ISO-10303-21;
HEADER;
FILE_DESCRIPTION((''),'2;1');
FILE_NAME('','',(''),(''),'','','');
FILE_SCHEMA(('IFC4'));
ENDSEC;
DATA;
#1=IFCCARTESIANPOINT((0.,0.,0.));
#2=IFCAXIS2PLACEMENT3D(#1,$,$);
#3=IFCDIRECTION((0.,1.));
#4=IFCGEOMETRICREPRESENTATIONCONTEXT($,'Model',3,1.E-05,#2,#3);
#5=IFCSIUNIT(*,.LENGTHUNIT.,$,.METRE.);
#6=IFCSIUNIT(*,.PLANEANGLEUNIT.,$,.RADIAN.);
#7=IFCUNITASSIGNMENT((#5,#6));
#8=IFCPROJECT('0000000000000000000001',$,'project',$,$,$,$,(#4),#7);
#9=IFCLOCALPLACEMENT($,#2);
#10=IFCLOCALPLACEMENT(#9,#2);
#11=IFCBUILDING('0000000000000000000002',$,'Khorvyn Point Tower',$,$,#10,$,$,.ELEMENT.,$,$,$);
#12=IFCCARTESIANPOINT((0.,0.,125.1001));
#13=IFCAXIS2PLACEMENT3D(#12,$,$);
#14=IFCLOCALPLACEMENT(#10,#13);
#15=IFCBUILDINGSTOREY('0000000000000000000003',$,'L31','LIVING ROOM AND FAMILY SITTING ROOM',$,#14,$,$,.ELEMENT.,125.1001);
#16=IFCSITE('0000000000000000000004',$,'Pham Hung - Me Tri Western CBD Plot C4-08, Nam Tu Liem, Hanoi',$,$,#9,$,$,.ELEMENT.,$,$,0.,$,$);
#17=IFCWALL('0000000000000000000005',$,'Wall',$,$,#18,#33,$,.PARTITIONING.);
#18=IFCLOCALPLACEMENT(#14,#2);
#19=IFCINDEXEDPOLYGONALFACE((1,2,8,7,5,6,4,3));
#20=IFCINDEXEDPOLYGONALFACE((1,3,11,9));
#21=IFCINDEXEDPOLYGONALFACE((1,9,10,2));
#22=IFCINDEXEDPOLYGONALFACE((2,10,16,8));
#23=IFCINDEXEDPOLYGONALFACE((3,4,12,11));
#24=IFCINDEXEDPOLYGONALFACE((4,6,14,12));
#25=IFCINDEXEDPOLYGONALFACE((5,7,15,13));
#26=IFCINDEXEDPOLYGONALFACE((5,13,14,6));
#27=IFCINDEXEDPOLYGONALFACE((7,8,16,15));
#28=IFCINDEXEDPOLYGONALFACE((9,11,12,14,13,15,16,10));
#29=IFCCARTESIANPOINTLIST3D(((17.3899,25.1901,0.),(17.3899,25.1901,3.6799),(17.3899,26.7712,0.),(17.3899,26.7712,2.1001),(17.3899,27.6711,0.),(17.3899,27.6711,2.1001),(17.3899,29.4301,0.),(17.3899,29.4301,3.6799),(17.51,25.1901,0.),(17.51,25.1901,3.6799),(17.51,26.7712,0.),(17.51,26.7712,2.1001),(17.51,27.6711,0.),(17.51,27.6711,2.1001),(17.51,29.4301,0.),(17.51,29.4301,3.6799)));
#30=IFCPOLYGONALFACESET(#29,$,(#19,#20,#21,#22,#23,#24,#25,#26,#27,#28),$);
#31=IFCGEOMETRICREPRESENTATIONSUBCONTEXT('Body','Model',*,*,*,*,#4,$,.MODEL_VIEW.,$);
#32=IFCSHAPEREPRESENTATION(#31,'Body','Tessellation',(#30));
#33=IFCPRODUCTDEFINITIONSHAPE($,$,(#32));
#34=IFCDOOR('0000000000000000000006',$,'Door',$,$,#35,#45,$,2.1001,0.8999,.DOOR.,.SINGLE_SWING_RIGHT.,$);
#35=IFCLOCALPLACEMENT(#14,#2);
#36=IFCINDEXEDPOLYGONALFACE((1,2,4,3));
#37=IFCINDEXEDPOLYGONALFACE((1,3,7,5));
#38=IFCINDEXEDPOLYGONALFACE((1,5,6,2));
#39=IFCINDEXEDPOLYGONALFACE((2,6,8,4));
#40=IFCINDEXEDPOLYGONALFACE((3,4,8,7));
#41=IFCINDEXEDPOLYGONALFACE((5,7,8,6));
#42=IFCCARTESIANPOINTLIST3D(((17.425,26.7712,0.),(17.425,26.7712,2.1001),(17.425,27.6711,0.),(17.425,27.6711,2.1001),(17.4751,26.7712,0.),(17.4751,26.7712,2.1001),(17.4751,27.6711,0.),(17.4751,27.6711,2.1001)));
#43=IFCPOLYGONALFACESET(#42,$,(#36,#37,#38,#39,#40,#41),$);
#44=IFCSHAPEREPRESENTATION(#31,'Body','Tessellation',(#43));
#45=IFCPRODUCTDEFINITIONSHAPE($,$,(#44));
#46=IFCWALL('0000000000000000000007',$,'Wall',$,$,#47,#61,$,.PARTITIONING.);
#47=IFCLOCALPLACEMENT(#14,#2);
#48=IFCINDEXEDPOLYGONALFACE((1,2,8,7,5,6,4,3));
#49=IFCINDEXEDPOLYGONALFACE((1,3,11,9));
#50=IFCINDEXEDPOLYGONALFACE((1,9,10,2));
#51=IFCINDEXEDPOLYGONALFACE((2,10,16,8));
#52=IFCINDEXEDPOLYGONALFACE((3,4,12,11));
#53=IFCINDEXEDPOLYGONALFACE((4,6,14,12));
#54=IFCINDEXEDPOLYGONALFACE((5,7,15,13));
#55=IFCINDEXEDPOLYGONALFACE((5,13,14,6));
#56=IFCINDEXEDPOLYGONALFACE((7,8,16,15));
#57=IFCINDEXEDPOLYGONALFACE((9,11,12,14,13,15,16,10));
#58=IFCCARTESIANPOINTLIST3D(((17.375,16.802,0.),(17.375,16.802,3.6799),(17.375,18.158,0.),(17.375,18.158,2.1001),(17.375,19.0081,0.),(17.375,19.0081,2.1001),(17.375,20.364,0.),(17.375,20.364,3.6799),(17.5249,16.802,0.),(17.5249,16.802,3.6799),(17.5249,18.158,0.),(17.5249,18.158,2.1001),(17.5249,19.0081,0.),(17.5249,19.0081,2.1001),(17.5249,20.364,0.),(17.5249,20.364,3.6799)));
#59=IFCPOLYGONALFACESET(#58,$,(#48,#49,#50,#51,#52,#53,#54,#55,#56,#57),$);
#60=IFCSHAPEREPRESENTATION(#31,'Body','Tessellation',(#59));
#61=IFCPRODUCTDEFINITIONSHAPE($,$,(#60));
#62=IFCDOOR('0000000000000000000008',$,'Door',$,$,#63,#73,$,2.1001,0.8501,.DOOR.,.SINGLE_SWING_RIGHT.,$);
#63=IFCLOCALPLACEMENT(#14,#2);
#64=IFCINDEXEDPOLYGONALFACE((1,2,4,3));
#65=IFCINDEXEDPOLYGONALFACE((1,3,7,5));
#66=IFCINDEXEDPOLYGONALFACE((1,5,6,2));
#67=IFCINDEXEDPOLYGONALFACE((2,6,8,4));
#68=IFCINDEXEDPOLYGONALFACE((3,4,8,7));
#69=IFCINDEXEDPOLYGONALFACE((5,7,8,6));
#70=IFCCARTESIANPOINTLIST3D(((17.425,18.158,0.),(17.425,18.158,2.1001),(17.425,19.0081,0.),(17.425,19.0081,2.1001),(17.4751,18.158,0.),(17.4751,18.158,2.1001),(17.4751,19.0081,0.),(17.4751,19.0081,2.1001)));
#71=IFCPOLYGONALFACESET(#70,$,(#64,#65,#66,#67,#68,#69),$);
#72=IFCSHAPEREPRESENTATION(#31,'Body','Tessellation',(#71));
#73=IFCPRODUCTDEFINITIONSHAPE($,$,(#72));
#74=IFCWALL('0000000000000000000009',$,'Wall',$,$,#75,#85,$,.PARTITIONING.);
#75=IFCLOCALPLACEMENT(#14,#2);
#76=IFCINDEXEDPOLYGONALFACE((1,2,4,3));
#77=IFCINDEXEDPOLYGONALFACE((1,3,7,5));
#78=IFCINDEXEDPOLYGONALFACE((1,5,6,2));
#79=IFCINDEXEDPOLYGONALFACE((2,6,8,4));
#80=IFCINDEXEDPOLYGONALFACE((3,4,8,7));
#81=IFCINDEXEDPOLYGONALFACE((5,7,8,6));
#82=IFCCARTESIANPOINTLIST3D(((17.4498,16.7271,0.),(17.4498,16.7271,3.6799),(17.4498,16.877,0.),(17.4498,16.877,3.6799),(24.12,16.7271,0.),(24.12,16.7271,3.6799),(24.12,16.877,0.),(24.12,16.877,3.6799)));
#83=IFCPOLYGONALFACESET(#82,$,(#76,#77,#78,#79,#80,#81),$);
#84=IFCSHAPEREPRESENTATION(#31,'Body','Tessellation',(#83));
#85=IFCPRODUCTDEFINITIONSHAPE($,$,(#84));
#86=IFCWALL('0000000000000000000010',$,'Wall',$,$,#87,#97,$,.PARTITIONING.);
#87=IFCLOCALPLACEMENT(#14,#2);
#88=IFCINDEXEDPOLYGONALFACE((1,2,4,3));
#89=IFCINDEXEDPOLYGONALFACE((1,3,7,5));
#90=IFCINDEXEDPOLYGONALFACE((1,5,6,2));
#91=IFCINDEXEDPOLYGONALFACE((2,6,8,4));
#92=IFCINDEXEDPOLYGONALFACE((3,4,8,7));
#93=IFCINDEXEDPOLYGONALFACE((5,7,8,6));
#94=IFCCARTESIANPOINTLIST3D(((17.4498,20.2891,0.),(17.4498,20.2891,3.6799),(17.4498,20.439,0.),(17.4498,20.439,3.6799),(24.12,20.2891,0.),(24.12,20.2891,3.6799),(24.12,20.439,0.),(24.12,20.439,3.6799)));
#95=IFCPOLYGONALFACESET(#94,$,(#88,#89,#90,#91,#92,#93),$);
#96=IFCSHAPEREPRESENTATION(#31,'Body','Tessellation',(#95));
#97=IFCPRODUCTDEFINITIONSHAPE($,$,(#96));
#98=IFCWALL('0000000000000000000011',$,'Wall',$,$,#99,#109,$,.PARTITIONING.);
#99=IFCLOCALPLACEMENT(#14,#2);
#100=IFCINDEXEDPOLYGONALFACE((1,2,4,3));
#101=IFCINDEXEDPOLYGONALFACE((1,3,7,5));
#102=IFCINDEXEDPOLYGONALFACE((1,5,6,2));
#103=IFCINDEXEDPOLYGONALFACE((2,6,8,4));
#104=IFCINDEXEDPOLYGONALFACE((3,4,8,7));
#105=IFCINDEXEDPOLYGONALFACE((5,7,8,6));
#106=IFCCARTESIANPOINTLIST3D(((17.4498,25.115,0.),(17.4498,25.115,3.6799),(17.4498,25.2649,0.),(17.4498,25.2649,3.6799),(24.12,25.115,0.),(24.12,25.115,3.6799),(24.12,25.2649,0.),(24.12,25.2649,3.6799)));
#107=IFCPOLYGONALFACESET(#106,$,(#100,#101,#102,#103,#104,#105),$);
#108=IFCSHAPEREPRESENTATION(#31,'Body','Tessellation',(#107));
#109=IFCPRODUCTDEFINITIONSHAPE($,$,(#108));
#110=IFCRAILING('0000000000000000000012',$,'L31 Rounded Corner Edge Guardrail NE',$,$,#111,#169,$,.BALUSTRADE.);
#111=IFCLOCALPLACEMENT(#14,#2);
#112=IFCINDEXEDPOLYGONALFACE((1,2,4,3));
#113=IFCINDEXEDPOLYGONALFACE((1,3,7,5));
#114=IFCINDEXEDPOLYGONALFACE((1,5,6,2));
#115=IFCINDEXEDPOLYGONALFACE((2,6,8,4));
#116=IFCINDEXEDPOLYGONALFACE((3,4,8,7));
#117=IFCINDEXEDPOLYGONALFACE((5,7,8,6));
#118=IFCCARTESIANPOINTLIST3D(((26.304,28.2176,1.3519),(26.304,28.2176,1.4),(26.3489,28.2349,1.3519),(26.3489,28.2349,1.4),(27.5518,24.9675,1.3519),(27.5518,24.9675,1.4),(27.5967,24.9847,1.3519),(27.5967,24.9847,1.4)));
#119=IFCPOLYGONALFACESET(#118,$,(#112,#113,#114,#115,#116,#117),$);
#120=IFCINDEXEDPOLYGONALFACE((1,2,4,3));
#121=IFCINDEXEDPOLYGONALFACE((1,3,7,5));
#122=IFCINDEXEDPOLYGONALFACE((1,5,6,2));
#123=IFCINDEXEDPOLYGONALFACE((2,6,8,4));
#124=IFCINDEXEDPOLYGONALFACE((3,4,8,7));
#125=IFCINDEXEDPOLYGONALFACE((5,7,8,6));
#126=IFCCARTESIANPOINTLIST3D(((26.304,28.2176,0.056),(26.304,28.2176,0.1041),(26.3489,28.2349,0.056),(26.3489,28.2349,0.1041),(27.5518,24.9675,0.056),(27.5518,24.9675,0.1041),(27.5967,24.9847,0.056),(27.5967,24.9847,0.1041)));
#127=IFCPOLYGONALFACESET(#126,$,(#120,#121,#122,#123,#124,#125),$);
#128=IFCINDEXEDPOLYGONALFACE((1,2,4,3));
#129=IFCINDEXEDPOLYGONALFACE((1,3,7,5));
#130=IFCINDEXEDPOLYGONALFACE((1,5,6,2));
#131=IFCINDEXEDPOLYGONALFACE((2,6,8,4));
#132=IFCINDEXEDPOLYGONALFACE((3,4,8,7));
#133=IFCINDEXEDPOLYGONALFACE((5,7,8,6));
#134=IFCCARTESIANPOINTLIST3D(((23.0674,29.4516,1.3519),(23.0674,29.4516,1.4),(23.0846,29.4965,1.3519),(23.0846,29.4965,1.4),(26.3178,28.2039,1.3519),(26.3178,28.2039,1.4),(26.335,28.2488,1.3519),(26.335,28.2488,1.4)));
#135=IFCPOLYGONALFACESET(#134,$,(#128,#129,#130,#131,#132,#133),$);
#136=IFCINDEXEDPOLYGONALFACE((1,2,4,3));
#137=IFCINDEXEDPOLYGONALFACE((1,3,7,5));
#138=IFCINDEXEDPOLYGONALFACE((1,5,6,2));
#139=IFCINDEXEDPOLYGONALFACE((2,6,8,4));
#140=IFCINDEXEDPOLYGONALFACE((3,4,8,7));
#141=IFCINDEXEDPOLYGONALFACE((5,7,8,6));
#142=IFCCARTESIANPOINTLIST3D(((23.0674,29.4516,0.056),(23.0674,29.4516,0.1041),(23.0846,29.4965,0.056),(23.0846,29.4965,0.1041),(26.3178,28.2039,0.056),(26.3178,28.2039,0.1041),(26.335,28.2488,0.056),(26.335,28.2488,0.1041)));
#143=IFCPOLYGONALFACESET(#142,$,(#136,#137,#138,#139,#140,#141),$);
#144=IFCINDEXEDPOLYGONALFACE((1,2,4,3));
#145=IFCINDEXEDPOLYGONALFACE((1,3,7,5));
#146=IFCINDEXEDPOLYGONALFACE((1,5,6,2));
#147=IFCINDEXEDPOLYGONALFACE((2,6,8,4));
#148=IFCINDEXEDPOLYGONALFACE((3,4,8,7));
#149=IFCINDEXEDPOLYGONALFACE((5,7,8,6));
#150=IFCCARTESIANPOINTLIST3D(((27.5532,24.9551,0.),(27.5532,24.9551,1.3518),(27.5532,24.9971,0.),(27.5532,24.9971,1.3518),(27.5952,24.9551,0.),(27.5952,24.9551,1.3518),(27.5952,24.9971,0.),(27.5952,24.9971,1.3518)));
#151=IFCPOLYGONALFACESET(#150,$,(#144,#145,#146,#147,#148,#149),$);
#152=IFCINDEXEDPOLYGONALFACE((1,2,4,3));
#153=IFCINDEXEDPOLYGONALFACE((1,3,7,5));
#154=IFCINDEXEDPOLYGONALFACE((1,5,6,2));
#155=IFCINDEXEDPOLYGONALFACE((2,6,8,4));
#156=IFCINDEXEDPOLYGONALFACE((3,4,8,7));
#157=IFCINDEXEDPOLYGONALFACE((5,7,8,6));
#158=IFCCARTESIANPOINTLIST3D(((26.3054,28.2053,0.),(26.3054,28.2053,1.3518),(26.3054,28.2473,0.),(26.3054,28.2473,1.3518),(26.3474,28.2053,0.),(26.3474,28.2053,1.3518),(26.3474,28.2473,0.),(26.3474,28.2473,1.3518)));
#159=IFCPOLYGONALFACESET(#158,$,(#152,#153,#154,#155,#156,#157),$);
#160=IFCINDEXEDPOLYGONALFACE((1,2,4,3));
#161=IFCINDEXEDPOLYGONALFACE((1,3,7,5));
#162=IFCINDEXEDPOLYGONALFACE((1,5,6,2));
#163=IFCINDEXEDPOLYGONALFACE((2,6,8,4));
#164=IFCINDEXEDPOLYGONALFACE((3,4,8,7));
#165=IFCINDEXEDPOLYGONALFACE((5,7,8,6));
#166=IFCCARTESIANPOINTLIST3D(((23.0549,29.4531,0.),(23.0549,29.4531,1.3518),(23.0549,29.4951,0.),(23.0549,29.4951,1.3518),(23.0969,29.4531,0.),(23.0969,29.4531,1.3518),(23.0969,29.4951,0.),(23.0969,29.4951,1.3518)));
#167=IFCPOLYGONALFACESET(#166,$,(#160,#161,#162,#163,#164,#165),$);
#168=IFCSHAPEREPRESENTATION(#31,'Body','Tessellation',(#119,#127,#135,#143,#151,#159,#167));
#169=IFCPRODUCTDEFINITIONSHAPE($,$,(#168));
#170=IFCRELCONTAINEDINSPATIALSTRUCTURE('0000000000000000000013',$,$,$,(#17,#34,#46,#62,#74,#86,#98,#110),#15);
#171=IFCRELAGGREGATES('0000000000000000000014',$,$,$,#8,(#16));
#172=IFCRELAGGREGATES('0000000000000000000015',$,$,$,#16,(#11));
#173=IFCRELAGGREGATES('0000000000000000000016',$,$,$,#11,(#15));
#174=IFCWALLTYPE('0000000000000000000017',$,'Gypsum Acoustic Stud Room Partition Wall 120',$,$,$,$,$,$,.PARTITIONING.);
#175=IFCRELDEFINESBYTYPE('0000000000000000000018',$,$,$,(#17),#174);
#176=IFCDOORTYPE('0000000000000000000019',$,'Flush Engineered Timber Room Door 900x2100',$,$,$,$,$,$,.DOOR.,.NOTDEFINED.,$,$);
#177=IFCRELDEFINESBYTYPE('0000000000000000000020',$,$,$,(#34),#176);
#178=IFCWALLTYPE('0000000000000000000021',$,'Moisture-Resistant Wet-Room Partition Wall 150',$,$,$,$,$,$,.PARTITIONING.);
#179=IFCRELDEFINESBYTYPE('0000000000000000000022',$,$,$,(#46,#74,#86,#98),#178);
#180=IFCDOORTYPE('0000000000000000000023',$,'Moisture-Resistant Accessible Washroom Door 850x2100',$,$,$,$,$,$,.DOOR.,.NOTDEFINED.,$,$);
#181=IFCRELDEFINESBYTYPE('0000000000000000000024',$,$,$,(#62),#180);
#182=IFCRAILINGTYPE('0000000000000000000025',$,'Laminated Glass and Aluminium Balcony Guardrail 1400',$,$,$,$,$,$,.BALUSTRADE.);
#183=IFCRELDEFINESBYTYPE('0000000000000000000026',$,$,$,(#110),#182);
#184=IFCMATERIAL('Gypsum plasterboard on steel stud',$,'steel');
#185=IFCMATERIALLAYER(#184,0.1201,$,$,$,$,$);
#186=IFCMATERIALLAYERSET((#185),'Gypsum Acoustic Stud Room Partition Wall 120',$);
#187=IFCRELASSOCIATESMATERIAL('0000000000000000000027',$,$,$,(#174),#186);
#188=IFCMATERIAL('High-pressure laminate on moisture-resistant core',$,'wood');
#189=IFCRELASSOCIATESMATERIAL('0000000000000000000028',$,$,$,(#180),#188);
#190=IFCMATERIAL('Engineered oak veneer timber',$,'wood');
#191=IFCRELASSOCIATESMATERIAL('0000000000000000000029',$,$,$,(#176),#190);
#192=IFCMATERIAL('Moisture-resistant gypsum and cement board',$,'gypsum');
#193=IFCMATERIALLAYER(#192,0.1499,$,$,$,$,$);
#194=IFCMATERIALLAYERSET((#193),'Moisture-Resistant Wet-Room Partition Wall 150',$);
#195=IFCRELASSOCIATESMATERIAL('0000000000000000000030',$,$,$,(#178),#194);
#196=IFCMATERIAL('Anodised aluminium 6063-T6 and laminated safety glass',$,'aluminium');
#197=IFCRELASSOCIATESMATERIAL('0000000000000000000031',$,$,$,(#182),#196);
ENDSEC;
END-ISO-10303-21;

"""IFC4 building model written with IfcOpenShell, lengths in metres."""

from ifc_helpers import new_model, si_unit, direction, frame, frame_2d, origin, origin_2d, place, context, subcontext, project, spatial, rectangle, extrude, material, layer, layer_set, type_object, element, fill, save


model = new_model("IFC4")

# Units and contexts
model_context = context("Model", 3, precision=1e-05, world=origin(), true_north=direction((0.0, 1.0)))
body_context = subcontext(model_context, "Body", "Model", "MODEL_VIEW")
ifc_project = project(units=[si_unit("LENGTHUNIT", "METRE"), si_unit("PLANEANGLEUNIT", "RADIAN")], contexts=[model_context])

# Site, building, storey
site_placement = place(None, origin())
site = spatial("IfcSite", under=ifc_project, at=site_placement, Name="Pham Hung - Me Tri Western CBD Plot C4-08, Nam Tu Liem, Hanoi", CompositionType="ELEMENT", RefElevation=0.0)
building_placement = place(site_placement, origin())
building = spatial("IfcBuilding", under=site, at=building_placement, Name="Khorvyn Point Tower", CompositionType="ELEMENT")
storey_placement = place(building_placement, frame((0.0, 0.0, 125.1001)))
storey = spatial("IfcBuildingStorey", under=building, at=storey_placement, Name="L31", Description="LIVING ROOM AND FAMILY SITTING ROOM", CompositionType="ELEMENT", Elevation=125.1001)

# Walls, openings, doors
ifc_material_1 = material(Name="Gypsum plasterboard on steel stud", Category="steel")
ifc_layer_1 = layer(ifc_material_1, 0.1201)
ifc_layer_set_1 = layer_set([ifc_layer_1], Name="Gypsum Acoustic Stud Room Partition Wall 120")
wall_type_1 = type_object("IfcWallType", Name="Gypsum Acoustic Stud Room Partition Wall 120", PredefinedType="PARTITIONING", material=ifc_layer_set_1)
ifc_material_2 = material(Name="High-pressure laminate on moisture-resistant core", Category="wood")
door_type_1 = type_object("IfcDoorType", Name="Moisture-Resistant Accessible Washroom Door 850x2100", OperationType="NOTDEFINED", PredefinedType="DOOR", material=ifc_material_2)
wall_1_placement = place(storey_placement, frame((17.45, 25.1899, 0.0), z_axis=(0.0, 0.0, 1.0), x_axis=(0.0, 1.0, 0.0)))
wall_1 = element("IfcWall", 1, at=wall_1_placement, inside=storey, type_object=wall_type_1, Name="Wall", PredefinedType="PARTITIONING", context=body_context, shape_type="SweptSolid", body=[
    extrude(rectangle(XDim=4.24, YDim=0.1201, at=frame_2d((2.1201, 0.0))), origin(), (0.0, 0.0, 1.0), 3.6799),
])
opening_1_placement = place(wall_1_placement, frame((1.5813, 0.0, 0.0)))
opening_1 = element("IfcOpeningElement", 2, at=opening_1_placement, cuts=wall_1, PredefinedType="OPENING", context=body_context, shape_type="SweptSolid", body=[
    extrude(rectangle(XDim=0.8999, YDim=2.1001, at=frame_2d((0.45, 1.05))), frame((0.0, 0.0701, 0.0), z_axis=(0.0, -1.0, 0.0), x_axis=(1.0, 0.0, 0.0)), (0.0, 0.0, 1.0), 0.1401),
])
ifc_material_3 = material(Name="Engineered oak veneer timber", Category="wood")
door_type_2 = type_object("IfcDoorType", Name="Flush Engineered Timber Room Door 900x2100", OperationType="NOTDEFINED", PredefinedType="DOOR", material=ifc_material_3)
door_1_placement = place(opening_1_placement, origin())
door_1 = element("IfcDoor", 3, at=door_1_placement, inside=storey, type_object=door_type_2, Name="Door", OperationType="SINGLE_SWING_RIGHT", OverallHeight=2.1001, OverallWidth=0.8999, PredefinedType="DOOR", context=body_context, shape_type="SweptSolid", body=[
    extrude(rectangle(XDim=0.8999, YDim=2.1001, at=frame_2d((0.45, 1.05))), frame((0.0, 0.0249, 0.0), z_axis=(0.0, -1.0, 0.0), x_axis=(1.0, 0.0, 0.0)), (0.0, 0.0, 1.0), 0.05),
])
fill(opening_1, door_1)
ifc_material_4 = material(Name="Moisture-resistant gypsum and cement board", Category="gypsum")
ifc_layer_2 = layer(ifc_material_4, 0.1499)
ifc_layer_set_2 = layer_set([ifc_layer_2], Name="Moisture-Resistant Wet-Room Partition Wall 150")
wall_type_2 = type_object("IfcWallType", Name="Moisture-Resistant Wet-Room Partition Wall 150", PredefinedType="PARTITIONING", material=ifc_layer_set_2)
wall_2_placement = place(storey_placement, frame((17.45, 16.802, 0.0), z_axis=(0.0, 0.0, 1.0), x_axis=(0.0, 1.0, 0.0)))
wall_2 = element("IfcWall", 4, at=wall_2_placement, inside=storey, type_object=wall_type_2, Name="Wall", PredefinedType="PARTITIONING", context=body_context, shape_type="SweptSolid", body=[
    extrude(rectangle(XDim=3.562, YDim=0.1499, at=frame_2d((1.781, 0.0))), origin(), (0.0, 0.0, 1.0), 3.6799),
])
opening_2_placement = place(wall_2_placement, frame((1.356, 0.0, 0.0)))
opening_2 = element("IfcOpeningElement", 5, at=opening_2_placement, cuts=wall_2, PredefinedType="OPENING", context=body_context, shape_type="SweptSolid", body=[
    extrude(rectangle(XDim=0.8501, YDim=2.1001, at=frame_2d((0.425, 1.05))), frame((0.0, 0.085, 0.0), z_axis=(0.0, -1.0, 0.0), x_axis=(1.0, 0.0, 0.0)), (0.0, 0.0, 1.0), 0.1699),
])
door_2_placement = place(opening_2_placement, origin())
door_2 = element("IfcDoor", 6, at=door_2_placement, inside=storey, type_object=door_type_1, Name="Door", OperationType="SINGLE_SWING_RIGHT", OverallHeight=2.1001, OverallWidth=0.8501, PredefinedType="DOOR", context=body_context, shape_type="SweptSolid", body=[
    extrude(rectangle(XDim=0.8501, YDim=2.1001, at=frame_2d((0.425, 1.05))), frame((0.0, 0.0249, 0.0), z_axis=(0.0, -1.0, 0.0), x_axis=(1.0, 0.0, 0.0)), (0.0, 0.0, 1.0), 0.05),
])
fill(opening_2, door_2)

# Walls
for number, where, z_axis, x_axis, name in (
    (7, (17.45, 16.802, 0.0), (0.0, 0.0, 1.0), (1.0, 0.0, 0.0), "Wall"),
    (8, (17.45, 20.364, 0.0), (0.0, 0.0, 1.0), (1.0, 0.0, 0.0), "Wall"),
    (9, (17.45, 25.1899, 0.0), (0.0, 0.0, 1.0), (1.0, 0.0, 0.0), "Wall"),
):
    element("IfcWall", number, at=place(storey_placement, frame(where, z_axis=z_axis, x_axis=x_axis)), inside=storey, type_object=wall_type_2, Name=name, PredefinedType="PARTITIONING", context=body_context, shape_type="SweptSolid", body=[
        extrude(rectangle(XDim=6.6702, YDim=0.1499, at=frame_2d((3.335, 0.0))), origin(), (0.0, 0.0, 1.0), 3.6799),
    ])

# Railing
ifc_material_5 = material(Name="Anodised aluminium 6063-T6 and laminated safety glass", Category="aluminium")
railing_type = type_object("IfcRailingType", Name="Laminated Glass and Aluminium Balcony Guardrail 1400", PredefinedType="BALUSTRADE", material=ifc_material_5)
railing_1_placement = place(storey_placement, frame((27.5742, 24.9761, 0.0)))
element("IfcRailing", 10, at=railing_1_placement, inside=storey, type_object=railing_type, Name="L31 Rounded Corner Edge Guardrail NE", PredefinedType="BALUSTRADE", context=body_context, shape_type="SweptSolid", body=[
    extrude(rectangle(XDim=0.0481, YDim=0.0481, at=origin_2d()), frame((0.0, 0.0, 1.376), z_axis=(-0.358406, 0.933566, 0.0), x_axis=(-0.933566, -0.358406, 0.0)), (0.0, 0.0, 1.0), 3.4814),
    extrude(rectangle(XDim=0.0481, YDim=0.0481, at=origin_2d()), frame((0.0, 0.0, 0.0801), z_axis=(-0.358406, 0.933566, 0.0), x_axis=(-0.933566, -0.358406, 0.0)), (0.0, 0.0, 1.0), 3.4814),
    extrude(rectangle(XDim=0.0481, YDim=0.0481, at=origin_2d()), frame((-1.2478, 3.2502, 1.376), z_axis=(-0.933575, 0.358382, 0.0), x_axis=(-0.358382, -0.933575, 0.0)), (0.0, 0.0, 1.0), 3.4817),
    extrude(rectangle(XDim=0.0481, YDim=0.0481, at=origin_2d()), frame((-1.2478, 3.2502, 0.0801), z_axis=(-0.933575, 0.358382, 0.0), x_axis=(-0.358382, -0.933575, 0.0)), (0.0, 0.0, 1.0), 3.4817),
    extrude(rectangle(XDim=0.042, YDim=0.042, at=origin_2d()), origin(), (0.0, 0.0, 1.0), 1.3518),
    extrude(rectangle(XDim=0.042, YDim=0.042, at=origin_2d()), frame((-1.2478, 3.2502, 0.0)), (0.0, 0.0, 1.0), 1.3518),
    extrude(rectangle(XDim=0.042, YDim=0.042, at=origin_2d()), frame((-4.4983, 4.498, 0.0)), (0.0, 0.0, 1.0), 1.3518),
])

save(model, "model.ifc")
